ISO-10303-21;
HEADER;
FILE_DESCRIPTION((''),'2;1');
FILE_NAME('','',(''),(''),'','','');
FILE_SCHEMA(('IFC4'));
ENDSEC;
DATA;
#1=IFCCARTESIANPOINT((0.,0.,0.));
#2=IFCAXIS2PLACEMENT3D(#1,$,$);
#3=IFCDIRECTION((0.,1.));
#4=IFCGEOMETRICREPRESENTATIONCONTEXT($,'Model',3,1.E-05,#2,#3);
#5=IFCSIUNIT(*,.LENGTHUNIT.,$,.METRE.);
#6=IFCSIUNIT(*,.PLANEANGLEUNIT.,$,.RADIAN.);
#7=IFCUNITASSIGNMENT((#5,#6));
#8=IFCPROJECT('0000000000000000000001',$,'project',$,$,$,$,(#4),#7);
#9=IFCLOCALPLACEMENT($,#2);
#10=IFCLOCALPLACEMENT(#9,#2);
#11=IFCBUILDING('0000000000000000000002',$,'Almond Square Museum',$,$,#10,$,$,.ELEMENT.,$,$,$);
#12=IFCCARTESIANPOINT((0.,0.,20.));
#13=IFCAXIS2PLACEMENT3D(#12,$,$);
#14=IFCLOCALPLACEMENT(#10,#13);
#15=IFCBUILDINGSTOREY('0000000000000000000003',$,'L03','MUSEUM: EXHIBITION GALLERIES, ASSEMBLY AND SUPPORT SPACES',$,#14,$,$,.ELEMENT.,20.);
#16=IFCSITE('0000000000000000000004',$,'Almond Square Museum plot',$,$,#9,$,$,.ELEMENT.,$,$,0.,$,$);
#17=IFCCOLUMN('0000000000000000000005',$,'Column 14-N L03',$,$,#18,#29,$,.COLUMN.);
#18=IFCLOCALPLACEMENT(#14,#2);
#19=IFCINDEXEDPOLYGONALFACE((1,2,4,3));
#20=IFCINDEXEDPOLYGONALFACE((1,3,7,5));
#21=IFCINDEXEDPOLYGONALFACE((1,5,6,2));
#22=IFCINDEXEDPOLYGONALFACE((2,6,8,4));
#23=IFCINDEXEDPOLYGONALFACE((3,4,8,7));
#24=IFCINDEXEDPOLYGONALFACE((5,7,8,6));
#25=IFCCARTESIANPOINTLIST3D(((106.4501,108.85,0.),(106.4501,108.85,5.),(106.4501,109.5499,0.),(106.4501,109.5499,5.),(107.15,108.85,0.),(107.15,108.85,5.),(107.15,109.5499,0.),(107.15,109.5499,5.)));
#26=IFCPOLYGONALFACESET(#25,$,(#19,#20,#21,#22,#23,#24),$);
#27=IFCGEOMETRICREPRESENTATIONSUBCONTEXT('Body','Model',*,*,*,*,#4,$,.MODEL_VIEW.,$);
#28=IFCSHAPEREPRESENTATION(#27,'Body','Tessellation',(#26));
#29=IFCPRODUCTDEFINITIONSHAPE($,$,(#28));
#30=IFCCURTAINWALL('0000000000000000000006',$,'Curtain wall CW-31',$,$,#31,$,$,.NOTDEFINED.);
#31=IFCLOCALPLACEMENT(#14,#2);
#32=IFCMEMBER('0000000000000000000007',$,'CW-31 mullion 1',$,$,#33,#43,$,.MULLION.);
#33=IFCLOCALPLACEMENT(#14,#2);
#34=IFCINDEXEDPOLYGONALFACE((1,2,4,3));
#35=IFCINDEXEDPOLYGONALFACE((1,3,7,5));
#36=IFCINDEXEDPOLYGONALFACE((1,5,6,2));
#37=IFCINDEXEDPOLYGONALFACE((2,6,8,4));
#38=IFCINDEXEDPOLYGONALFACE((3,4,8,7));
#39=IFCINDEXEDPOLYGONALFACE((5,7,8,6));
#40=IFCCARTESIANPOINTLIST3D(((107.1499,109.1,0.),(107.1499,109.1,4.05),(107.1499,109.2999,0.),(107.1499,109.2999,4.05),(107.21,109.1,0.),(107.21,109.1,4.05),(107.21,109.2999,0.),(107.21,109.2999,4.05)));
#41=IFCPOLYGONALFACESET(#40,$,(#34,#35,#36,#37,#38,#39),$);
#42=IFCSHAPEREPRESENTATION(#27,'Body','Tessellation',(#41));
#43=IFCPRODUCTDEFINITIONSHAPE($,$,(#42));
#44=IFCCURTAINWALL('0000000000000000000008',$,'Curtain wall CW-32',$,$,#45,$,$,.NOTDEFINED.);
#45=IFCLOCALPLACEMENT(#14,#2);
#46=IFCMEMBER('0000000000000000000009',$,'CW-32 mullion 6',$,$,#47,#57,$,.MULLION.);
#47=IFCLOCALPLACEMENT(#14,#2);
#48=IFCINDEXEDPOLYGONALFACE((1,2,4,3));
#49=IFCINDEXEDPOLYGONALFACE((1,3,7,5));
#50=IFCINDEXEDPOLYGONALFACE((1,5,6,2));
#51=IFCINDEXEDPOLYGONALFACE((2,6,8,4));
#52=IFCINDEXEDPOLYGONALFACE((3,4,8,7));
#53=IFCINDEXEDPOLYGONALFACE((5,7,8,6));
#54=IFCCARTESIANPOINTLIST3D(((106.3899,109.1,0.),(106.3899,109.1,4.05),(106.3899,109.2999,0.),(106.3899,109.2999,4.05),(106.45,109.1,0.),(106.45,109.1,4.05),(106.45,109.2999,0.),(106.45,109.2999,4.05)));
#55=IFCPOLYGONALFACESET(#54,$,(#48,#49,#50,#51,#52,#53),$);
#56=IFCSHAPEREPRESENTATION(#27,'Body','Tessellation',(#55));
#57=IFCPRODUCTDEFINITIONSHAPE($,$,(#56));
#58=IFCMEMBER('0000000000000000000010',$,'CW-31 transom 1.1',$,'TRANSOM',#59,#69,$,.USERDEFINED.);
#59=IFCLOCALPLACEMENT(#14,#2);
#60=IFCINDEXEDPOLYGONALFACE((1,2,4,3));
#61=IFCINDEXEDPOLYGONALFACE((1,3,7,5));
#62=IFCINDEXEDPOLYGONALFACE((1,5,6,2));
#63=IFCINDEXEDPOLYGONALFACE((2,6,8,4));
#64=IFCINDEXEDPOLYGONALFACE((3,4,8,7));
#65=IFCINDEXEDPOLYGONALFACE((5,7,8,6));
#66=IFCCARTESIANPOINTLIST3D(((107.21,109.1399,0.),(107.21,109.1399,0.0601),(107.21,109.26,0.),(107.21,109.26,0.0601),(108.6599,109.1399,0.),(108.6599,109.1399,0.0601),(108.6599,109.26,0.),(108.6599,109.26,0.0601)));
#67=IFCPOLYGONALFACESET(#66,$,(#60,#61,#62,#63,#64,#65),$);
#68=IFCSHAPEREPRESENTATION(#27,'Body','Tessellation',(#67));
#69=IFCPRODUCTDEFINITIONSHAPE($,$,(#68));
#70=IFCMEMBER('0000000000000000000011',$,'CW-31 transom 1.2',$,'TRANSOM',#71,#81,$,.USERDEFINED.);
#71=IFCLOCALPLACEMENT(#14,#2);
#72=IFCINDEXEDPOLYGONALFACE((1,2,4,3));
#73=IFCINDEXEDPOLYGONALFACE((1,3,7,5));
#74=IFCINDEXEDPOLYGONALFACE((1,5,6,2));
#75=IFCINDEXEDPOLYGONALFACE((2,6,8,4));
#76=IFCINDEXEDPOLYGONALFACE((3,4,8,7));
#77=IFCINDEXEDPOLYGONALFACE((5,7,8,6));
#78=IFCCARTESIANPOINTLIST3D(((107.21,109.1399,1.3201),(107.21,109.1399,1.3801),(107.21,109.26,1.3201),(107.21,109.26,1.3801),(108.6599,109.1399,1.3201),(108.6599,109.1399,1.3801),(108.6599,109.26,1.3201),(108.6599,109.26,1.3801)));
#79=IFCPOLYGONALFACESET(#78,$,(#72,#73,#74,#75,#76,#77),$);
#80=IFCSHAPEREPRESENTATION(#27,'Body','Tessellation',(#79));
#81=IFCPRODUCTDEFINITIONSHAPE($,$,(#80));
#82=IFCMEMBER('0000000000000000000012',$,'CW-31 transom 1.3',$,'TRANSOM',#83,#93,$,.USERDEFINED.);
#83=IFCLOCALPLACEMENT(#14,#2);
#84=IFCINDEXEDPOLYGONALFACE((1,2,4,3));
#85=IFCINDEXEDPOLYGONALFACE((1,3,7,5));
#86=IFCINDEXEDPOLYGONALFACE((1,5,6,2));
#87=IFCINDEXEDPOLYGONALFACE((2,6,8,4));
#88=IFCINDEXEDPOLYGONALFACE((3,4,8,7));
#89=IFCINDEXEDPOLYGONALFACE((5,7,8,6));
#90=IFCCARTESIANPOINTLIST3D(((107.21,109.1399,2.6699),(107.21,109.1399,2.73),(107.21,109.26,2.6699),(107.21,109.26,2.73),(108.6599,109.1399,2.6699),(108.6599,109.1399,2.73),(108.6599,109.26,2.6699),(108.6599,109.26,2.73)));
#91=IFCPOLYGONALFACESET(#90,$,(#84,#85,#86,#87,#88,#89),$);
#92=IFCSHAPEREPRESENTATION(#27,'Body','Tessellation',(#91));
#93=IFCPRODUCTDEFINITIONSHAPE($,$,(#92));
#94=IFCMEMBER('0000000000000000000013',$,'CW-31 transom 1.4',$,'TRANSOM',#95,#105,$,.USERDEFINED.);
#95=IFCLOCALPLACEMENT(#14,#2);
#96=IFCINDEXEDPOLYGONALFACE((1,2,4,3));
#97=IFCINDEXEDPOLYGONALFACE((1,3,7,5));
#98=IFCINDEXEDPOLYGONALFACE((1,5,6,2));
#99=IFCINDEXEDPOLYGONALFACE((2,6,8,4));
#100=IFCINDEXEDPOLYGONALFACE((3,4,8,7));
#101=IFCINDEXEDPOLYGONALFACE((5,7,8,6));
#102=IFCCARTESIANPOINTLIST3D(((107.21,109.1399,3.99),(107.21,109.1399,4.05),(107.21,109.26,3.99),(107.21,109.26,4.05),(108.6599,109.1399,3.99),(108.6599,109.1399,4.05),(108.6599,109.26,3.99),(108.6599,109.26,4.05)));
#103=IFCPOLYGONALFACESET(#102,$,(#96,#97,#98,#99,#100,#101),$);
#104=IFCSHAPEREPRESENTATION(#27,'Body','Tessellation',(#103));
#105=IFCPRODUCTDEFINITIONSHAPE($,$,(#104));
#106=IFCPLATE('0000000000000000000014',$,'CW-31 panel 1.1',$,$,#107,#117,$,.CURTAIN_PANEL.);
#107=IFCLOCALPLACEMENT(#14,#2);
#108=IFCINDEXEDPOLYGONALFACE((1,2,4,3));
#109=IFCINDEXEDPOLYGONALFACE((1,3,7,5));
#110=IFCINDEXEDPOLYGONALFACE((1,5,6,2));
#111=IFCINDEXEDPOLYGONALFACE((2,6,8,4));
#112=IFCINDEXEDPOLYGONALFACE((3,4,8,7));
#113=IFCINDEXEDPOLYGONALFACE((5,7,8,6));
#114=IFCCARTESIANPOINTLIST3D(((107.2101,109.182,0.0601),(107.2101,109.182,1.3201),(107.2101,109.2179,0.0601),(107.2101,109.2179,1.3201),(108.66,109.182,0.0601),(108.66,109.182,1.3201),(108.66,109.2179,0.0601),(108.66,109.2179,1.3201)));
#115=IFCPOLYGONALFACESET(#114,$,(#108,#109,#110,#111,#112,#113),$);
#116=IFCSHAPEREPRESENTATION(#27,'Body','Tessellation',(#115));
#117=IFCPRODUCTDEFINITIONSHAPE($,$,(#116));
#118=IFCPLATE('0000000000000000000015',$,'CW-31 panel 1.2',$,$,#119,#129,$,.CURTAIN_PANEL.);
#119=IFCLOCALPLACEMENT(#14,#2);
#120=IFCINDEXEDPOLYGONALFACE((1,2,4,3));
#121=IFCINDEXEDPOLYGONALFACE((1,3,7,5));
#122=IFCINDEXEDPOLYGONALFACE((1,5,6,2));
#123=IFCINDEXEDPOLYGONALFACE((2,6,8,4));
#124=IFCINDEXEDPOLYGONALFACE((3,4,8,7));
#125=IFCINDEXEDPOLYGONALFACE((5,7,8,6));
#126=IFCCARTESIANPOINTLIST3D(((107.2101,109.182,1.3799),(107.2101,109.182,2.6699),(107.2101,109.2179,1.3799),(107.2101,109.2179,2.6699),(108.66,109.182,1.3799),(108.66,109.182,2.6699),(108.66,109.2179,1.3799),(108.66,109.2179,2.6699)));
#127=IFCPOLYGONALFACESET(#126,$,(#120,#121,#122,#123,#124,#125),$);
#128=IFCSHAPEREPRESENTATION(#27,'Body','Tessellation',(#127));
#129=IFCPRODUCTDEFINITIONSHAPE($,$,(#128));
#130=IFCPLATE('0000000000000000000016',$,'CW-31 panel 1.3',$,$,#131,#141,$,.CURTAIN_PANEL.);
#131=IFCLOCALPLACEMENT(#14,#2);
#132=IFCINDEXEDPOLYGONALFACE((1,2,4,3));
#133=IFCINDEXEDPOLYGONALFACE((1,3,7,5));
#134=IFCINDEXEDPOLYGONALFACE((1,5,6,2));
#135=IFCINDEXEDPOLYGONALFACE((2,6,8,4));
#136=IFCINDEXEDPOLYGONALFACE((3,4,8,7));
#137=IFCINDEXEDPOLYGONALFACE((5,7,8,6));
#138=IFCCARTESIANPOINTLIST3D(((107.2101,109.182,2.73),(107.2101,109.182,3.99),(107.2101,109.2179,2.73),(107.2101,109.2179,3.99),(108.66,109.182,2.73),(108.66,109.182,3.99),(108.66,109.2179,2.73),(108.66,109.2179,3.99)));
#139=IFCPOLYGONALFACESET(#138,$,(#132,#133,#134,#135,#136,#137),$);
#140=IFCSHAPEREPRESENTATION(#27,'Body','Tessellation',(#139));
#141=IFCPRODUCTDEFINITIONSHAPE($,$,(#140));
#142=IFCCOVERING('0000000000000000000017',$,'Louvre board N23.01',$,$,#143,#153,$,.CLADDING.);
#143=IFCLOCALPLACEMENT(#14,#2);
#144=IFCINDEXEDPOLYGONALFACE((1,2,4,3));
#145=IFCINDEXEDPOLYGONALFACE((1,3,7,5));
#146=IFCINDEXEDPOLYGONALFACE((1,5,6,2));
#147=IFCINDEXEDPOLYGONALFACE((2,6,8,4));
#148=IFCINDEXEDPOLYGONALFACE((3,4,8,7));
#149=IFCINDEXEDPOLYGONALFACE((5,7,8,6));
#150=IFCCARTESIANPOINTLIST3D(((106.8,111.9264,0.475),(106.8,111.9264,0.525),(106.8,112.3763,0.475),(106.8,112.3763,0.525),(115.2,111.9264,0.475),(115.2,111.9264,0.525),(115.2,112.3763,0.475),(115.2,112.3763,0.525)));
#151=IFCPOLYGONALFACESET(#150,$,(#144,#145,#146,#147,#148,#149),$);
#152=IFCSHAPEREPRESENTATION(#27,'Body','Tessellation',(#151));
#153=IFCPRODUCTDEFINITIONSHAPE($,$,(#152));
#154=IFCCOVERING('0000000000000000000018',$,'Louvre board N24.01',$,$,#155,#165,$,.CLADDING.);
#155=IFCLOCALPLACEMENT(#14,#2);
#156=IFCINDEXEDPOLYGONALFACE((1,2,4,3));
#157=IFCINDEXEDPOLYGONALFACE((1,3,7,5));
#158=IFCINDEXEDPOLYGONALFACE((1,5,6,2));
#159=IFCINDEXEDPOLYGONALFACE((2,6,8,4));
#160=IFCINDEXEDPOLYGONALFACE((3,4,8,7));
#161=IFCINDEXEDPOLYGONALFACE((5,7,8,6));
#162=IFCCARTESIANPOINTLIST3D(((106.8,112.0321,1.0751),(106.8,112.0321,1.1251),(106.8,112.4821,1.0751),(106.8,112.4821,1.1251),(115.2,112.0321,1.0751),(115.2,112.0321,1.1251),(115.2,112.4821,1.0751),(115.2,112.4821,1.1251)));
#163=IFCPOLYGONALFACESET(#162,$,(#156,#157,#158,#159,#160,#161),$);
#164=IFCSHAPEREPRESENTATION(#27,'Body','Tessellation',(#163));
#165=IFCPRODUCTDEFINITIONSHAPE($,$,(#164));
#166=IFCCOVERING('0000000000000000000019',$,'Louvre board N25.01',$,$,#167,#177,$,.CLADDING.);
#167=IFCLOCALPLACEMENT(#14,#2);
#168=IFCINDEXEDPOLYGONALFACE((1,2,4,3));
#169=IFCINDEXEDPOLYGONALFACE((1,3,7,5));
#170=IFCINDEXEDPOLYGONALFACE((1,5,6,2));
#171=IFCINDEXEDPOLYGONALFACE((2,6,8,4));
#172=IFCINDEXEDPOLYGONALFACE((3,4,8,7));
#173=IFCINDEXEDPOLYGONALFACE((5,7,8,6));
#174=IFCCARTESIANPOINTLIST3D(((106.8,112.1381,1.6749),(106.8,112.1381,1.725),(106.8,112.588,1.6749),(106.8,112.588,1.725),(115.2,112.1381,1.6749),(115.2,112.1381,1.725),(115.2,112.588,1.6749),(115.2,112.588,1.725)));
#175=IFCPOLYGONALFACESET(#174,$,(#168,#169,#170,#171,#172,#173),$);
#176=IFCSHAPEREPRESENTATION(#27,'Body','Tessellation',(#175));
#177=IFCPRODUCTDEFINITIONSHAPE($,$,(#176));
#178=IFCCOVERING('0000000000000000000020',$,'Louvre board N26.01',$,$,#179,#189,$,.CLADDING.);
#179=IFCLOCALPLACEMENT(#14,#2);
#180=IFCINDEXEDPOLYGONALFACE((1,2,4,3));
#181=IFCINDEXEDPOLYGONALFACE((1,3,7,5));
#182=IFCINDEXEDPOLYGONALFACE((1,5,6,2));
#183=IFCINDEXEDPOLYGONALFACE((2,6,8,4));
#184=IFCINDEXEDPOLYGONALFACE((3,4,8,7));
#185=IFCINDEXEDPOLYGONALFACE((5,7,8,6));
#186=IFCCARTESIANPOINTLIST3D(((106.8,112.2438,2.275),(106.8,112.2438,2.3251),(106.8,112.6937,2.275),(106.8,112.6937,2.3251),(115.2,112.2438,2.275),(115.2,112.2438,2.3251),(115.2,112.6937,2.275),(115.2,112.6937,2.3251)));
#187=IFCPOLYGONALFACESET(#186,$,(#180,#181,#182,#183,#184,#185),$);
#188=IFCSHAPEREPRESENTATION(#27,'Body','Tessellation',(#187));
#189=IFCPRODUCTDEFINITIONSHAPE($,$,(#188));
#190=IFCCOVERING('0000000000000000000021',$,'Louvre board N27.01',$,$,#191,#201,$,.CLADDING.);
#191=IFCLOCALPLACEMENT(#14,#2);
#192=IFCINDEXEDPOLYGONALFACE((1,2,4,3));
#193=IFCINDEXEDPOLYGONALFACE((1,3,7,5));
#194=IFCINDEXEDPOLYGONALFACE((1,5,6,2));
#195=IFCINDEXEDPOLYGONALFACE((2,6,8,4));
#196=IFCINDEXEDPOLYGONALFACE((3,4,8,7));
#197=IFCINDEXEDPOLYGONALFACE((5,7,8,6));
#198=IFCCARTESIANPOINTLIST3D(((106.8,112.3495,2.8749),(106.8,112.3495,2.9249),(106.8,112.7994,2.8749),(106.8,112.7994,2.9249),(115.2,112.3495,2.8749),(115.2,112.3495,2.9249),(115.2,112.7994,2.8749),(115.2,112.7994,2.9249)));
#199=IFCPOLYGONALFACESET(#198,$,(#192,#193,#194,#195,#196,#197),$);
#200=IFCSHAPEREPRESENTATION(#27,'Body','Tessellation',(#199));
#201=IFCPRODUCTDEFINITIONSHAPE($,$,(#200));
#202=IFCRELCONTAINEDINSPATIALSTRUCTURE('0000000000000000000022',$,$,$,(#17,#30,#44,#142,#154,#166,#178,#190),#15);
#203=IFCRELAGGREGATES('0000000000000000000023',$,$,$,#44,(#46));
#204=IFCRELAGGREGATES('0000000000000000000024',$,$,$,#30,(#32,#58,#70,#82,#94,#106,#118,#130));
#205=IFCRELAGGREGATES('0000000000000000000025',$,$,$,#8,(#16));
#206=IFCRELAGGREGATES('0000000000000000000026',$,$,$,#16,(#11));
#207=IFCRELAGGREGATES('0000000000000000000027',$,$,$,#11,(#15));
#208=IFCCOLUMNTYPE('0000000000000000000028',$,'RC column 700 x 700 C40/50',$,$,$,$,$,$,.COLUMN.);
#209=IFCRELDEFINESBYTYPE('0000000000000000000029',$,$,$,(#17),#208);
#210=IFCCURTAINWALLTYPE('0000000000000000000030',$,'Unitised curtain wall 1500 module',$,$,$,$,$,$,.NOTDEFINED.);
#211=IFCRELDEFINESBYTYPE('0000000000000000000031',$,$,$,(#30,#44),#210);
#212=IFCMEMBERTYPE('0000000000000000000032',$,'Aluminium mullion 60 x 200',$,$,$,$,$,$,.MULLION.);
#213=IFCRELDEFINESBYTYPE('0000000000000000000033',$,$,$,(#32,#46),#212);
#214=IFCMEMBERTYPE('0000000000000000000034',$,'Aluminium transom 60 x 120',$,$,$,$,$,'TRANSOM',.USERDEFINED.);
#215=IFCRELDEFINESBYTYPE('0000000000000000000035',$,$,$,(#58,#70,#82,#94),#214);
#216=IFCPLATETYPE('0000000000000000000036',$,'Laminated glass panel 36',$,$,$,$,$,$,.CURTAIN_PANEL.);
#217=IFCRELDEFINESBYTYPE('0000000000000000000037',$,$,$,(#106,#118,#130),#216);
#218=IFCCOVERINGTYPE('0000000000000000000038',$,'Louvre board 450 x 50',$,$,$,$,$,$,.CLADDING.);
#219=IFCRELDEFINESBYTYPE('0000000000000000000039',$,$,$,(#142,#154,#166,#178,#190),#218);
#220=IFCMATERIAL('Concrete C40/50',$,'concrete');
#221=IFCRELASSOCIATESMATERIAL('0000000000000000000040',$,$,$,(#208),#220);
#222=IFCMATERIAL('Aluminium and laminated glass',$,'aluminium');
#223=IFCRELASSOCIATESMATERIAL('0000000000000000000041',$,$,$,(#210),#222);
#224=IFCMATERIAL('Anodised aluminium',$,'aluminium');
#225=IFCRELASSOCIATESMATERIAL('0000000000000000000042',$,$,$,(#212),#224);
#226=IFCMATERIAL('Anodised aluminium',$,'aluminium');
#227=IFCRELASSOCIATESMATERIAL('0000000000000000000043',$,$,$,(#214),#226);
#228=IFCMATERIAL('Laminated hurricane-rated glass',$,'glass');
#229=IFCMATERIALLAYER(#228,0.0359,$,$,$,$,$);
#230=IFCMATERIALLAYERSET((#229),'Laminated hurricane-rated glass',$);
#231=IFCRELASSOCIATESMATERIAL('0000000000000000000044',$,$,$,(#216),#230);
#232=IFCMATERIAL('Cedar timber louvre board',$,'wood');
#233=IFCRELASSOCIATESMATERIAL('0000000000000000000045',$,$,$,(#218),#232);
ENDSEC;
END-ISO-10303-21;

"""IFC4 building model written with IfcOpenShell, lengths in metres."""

from ifc_helpers import new_model, si_unit, direction, frame, origin, origin_2d, place, context, subcontext, project, spatial, rectangle, extrude, material, layer, layer_set, material_profile, profile_set, type_object, element, aggregate, save


model = new_model("IFC4")

# Units and contexts
model_context = context("Model", 3, precision=1e-05, world=origin(), true_north=direction((0.0, 1.0)))
body_context = subcontext(model_context, "Body", "Model", "MODEL_VIEW")
ifc_project = project(units=[si_unit("LENGTHUNIT", "METRE"), si_unit("PLANEANGLEUNIT", "RADIAN")], contexts=[model_context])

# Site, building, storey
site_placement = place(None, origin())
site = spatial("IfcSite", under=ifc_project, at=site_placement, Name="Almond Square Museum plot", CompositionType="ELEMENT", RefElevation=0.0)
building_placement = place(site_placement, origin())
building = spatial("IfcBuilding", under=site, at=building_placement, Name="Almond Square Museum", CompositionType="ELEMENT")
storey_placement = place(building_placement, frame((0.0, 0.0, 20.0)))
storey = spatial("IfcBuildingStorey", under=building, at=storey_placement, Name="L03", Description="MUSEUM: EXHIBITION GALLERIES, ASSEMBLY AND SUPPORT SPACES", CompositionType="ELEMENT", Elevation=20.0)

# Column
ifc_material_1 = material(Name="Concrete C40/50", Category="concrete")
ifc_material_profile_1 = material_profile(ifc_material_1, rectangle(XDim=0.7, YDim=0.7, at=origin_2d()))
ifc_profile_set_1 = profile_set([ifc_material_profile_1], Name="Concrete C40/50")
column_type = type_object("IfcColumnType", Name="RC column 700 x 700 C40/50", PredefinedType="COLUMN", material=ifc_profile_set_1)
column_placement = place(storey_placement, frame((106.8, 109.2, 0.0), z_axis=(0.0, 0.0, 1.0), x_axis=(1.0, 0.0, 0.0)))
element("IfcColumn", 1, at=column_placement, inside=storey, type_object=column_type, Name="Column 14-N L03", PredefinedType="COLUMN", context=body_context, shape_type="SweptSolid", body=[
    extrude(rectangle(XDim=0.7, YDim=0.7, at=origin_2d()), origin(), (0.0, 0.0, 1.0), 5.0),
])

# Curtain walls, members
ifc_material_2 = material(Name="Aluminium and laminated glass", Category="aluminium")
curtain_wall_type = type_object("IfcCurtainWallType", Name="Unitised curtain wall 1500 module", PredefinedType="NOTDEFINED", material=ifc_material_2)
curtain_wall_1_placement = place(storey_placement, origin())
curtain_wall_1 = element("IfcCurtainWall", 2, at=curtain_wall_1_placement, inside=storey, type_object=curtain_wall_type, Name="Curtain wall CW-31", PredefinedType="NOTDEFINED")
ifc_material_3 = material(Name="Anodised aluminium", Category="aluminium")
ifc_material_profile_2 = material_profile(ifc_material_3, rectangle(XDim=0.2, YDim=0.0601, at=origin_2d()))
ifc_profile_set_2 = profile_set([ifc_material_profile_2], Name="Anodised aluminium")
member_type_1 = type_object("IfcMemberType", Name="Aluminium mullion 60 x 200", PredefinedType="MULLION", material=ifc_profile_set_2)
member_1_placement = place(storey_placement, frame((107.1799, 109.2, 0.0), z_axis=(0.0, 0.0, 1.0), x_axis=(0.0, 1.0, 0.0)))
member_1 = element("IfcMember", 3, at=member_1_placement, type_object=member_type_1, Name="CW-31 mullion 1", PredefinedType="MULLION", context=body_context, shape_type="SweptSolid", body=[
    extrude(rectangle(XDim=0.2, YDim=0.0601, at=origin_2d()), origin(), (0.0, 0.0, 1.0), 4.05),
])
curtain_wall_2_placement = place(storey_placement, origin())
curtain_wall_2 = element("IfcCurtainWall", 4, at=curtain_wall_2_placement, inside=storey, type_object=curtain_wall_type, Name="Curtain wall CW-32", PredefinedType="NOTDEFINED")
member_2_placement = place(storey_placement, frame((106.4199, 109.2, 0.0), z_axis=(0.0, 0.0, 1.0), x_axis=(0.0, 1.0, 0.0)))
member_2 = element("IfcMember", 5, at=member_2_placement, type_object=member_type_1, Name="CW-32 mullion 6", PredefinedType="MULLION", context=body_context, shape_type="SweptSolid", body=[
    extrude(rectangle(XDim=0.2, YDim=0.0601, at=origin_2d()), origin(), (0.0, 0.0, 1.0), 4.05),
])
aggregate(curtain_wall_2, [member_2])

# Members
ifc_material_4 = material(Name="Anodised aluminium", Category="aluminium")
ifc_material_profile_3 = material_profile(ifc_material_4, rectangle(XDim=0.1201, YDim=0.0601, at=origin_2d()))
ifc_profile_set_3 = profile_set([ifc_material_profile_3], Name="Anodised aluminium")
member_type_2 = type_object("IfcMemberType", Name="Aluminium transom 60 x 120", ElementType="TRANSOM", PredefinedType="USERDEFINED", material=ifc_profile_set_3)
member_3_placement = place(storey_placement, frame((107.21, 109.2, 0.03), z_axis=(1.0, 0.0, 0.0), x_axis=(0.0, 1.0, 0.0)))
member_3 = element("IfcMember", 6, at=member_3_placement, type_object=member_type_2, Name="CW-31 transom 1.1", ObjectType="TRANSOM", PredefinedType="USERDEFINED", context=body_context, shape_type="SweptSolid", body=[
    extrude(rectangle(XDim=0.1201, YDim=0.0601, at=origin_2d()), origin(), (0.0, 0.0, 1.0), 1.45),
])
member_4_placement = place(storey_placement, frame((107.21, 109.2, 1.3501), z_axis=(1.0, 0.0, 0.0), x_axis=(0.0, 1.0, 0.0)))
member_4 = element("IfcMember", 7, at=member_4_placement, type_object=member_type_2, Name="CW-31 transom 1.2", ObjectType="TRANSOM", PredefinedType="USERDEFINED", context=body_context, shape_type="SweptSolid", body=[
    extrude(rectangle(XDim=0.1201, YDim=0.0601, at=origin_2d()), origin(), (0.0, 0.0, 1.0), 1.45),
])
member_5_placement = place(storey_placement, frame((107.21, 109.2, 2.7), z_axis=(1.0, 0.0, 0.0), x_axis=(0.0, 1.0, 0.0)))
member_5 = element("IfcMember", 8, at=member_5_placement, type_object=member_type_2, Name="CW-31 transom 1.3", ObjectType="TRANSOM", PredefinedType="USERDEFINED", context=body_context, shape_type="SweptSolid", body=[
    extrude(rectangle(XDim=0.1201, YDim=0.0601, at=origin_2d()), origin(), (0.0, 0.0, 1.0), 1.45),
])
member_6_placement = place(storey_placement, frame((107.21, 109.2, 4.02), z_axis=(1.0, 0.0, 0.0), x_axis=(0.0, 1.0, 0.0)))
member_6 = element("IfcMember", 9, at=member_6_placement, type_object=member_type_2, Name="CW-31 transom 1.4", ObjectType="TRANSOM", PredefinedType="USERDEFINED", context=body_context, shape_type="SweptSolid", body=[
    extrude(rectangle(XDim=0.1201, YDim=0.0601, at=origin_2d()), origin(), (0.0, 0.0, 1.0), 1.45),
])

# Plates
ifc_material_5 = material(Name="Laminated hurricane-rated glass", Category="glass")
ifc_layer_1 = layer(ifc_material_5, 0.0359)
ifc_layer_set_1 = layer_set([ifc_layer_1], Name="Laminated hurricane-rated glass")
plate_type = type_object("IfcPlateType", Name="Laminated glass panel 36", PredefinedType="CURTAIN_PANEL", material=ifc_layer_set_1)
plate_1_placement = place(storey_placement, frame((107.9351, 109.2, 0.0601), z_axis=(0.0, 0.0, 1.0), x_axis=(1.0, 0.0, 0.0)))
plate_1 = element("IfcPlate", 10, at=plate_1_placement, type_object=plate_type, Name="CW-31 panel 1.1", PredefinedType="CURTAIN_PANEL", context=body_context, shape_type="SweptSolid", body=[
    extrude(rectangle(XDim=1.45, YDim=0.0359, at=origin_2d()), origin(), (0.0, 0.0, 1.0), 1.26),
])
plate_2_placement = place(storey_placement, frame((107.9351, 109.2, 1.3799), z_axis=(0.0, 0.0, 1.0), x_axis=(1.0, 0.0, 0.0)))
plate_2 = element("IfcPlate", 11, at=plate_2_placement, type_object=plate_type, Name="CW-31 panel 1.2", PredefinedType="CURTAIN_PANEL", context=body_context, shape_type="SweptSolid", body=[
    extrude(rectangle(XDim=1.45, YDim=0.0359, at=origin_2d()), origin(), (0.0, 0.0, 1.0), 1.29),
])
plate_3_placement = place(storey_placement, frame((107.9351, 109.2, 2.73), z_axis=(0.0, 0.0, 1.0), x_axis=(1.0, 0.0, 0.0)))
plate_3 = element("IfcPlate", 12, at=plate_3_placement, type_object=plate_type, Name="CW-31 panel 1.3", PredefinedType="CURTAIN_PANEL", context=body_context, shape_type="SweptSolid", body=[
    extrude(rectangle(XDim=1.45, YDim=0.0359, at=origin_2d()), origin(), (0.0, 0.0, 1.0), 1.26),
])
aggregate(curtain_wall_1, [member_1, member_3, member_4, member_5, member_6, plate_1, plate_2, plate_3])

# Coverings
ifc_material_6 = material(Name="Cedar timber louvre board", Category="wood")
ifc_material_profile_4 = material_profile(ifc_material_6, rectangle(XDim=0.45, YDim=0.05, at=origin_2d()))
ifc_profile_set_4 = profile_set([ifc_material_profile_4], Name="Cedar timber louvre board")
covering_type_1 = type_object("IfcCoveringType", Name="Louvre board 450 x 50", PredefinedType="CLADDING", material=ifc_profile_set_4)
for number, where, z_axis, x_axis, name in (
    (13, (106.8, 112.1514, 0.5), (1.0, 0.0, 0.0), (0.0, 1.0, 0.0), "Louvre board N23.01"),
    (14, (106.8, 112.2571, 1.1001), (1.0, 0.0, 0.0), (0.0, 1.0, 0.0), "Louvre board N24.01"),
    (15, (106.8, 112.363, 1.7), (1.0, 0.0, 0.0), (0.0, 1.0, 0.0), "Louvre board N25.01"),
    (16, (106.8, 112.4688, 2.3), (1.0, 0.0, 0.0), (0.0, 1.0, 0.0), "Louvre board N26.01"),
    (17, (106.8, 112.5745, 2.8999), (1.0, 0.0, 0.0), (0.0, 1.0, 0.0), "Louvre board N27.01"),
):
    element("IfcCovering", number, at=place(storey_placement, frame(where, z_axis=z_axis, x_axis=x_axis)), inside=storey, type_object=covering_type_1, Name=name, PredefinedType="CLADDING", context=body_context, shape_type="SweptSolid", body=[
        extrude(rectangle(XDim=0.45, YDim=0.05, at=origin_2d()), origin(), (0.0, 0.0, 1.0), 8.3999),
    ])

save(model, "model.ifc")
